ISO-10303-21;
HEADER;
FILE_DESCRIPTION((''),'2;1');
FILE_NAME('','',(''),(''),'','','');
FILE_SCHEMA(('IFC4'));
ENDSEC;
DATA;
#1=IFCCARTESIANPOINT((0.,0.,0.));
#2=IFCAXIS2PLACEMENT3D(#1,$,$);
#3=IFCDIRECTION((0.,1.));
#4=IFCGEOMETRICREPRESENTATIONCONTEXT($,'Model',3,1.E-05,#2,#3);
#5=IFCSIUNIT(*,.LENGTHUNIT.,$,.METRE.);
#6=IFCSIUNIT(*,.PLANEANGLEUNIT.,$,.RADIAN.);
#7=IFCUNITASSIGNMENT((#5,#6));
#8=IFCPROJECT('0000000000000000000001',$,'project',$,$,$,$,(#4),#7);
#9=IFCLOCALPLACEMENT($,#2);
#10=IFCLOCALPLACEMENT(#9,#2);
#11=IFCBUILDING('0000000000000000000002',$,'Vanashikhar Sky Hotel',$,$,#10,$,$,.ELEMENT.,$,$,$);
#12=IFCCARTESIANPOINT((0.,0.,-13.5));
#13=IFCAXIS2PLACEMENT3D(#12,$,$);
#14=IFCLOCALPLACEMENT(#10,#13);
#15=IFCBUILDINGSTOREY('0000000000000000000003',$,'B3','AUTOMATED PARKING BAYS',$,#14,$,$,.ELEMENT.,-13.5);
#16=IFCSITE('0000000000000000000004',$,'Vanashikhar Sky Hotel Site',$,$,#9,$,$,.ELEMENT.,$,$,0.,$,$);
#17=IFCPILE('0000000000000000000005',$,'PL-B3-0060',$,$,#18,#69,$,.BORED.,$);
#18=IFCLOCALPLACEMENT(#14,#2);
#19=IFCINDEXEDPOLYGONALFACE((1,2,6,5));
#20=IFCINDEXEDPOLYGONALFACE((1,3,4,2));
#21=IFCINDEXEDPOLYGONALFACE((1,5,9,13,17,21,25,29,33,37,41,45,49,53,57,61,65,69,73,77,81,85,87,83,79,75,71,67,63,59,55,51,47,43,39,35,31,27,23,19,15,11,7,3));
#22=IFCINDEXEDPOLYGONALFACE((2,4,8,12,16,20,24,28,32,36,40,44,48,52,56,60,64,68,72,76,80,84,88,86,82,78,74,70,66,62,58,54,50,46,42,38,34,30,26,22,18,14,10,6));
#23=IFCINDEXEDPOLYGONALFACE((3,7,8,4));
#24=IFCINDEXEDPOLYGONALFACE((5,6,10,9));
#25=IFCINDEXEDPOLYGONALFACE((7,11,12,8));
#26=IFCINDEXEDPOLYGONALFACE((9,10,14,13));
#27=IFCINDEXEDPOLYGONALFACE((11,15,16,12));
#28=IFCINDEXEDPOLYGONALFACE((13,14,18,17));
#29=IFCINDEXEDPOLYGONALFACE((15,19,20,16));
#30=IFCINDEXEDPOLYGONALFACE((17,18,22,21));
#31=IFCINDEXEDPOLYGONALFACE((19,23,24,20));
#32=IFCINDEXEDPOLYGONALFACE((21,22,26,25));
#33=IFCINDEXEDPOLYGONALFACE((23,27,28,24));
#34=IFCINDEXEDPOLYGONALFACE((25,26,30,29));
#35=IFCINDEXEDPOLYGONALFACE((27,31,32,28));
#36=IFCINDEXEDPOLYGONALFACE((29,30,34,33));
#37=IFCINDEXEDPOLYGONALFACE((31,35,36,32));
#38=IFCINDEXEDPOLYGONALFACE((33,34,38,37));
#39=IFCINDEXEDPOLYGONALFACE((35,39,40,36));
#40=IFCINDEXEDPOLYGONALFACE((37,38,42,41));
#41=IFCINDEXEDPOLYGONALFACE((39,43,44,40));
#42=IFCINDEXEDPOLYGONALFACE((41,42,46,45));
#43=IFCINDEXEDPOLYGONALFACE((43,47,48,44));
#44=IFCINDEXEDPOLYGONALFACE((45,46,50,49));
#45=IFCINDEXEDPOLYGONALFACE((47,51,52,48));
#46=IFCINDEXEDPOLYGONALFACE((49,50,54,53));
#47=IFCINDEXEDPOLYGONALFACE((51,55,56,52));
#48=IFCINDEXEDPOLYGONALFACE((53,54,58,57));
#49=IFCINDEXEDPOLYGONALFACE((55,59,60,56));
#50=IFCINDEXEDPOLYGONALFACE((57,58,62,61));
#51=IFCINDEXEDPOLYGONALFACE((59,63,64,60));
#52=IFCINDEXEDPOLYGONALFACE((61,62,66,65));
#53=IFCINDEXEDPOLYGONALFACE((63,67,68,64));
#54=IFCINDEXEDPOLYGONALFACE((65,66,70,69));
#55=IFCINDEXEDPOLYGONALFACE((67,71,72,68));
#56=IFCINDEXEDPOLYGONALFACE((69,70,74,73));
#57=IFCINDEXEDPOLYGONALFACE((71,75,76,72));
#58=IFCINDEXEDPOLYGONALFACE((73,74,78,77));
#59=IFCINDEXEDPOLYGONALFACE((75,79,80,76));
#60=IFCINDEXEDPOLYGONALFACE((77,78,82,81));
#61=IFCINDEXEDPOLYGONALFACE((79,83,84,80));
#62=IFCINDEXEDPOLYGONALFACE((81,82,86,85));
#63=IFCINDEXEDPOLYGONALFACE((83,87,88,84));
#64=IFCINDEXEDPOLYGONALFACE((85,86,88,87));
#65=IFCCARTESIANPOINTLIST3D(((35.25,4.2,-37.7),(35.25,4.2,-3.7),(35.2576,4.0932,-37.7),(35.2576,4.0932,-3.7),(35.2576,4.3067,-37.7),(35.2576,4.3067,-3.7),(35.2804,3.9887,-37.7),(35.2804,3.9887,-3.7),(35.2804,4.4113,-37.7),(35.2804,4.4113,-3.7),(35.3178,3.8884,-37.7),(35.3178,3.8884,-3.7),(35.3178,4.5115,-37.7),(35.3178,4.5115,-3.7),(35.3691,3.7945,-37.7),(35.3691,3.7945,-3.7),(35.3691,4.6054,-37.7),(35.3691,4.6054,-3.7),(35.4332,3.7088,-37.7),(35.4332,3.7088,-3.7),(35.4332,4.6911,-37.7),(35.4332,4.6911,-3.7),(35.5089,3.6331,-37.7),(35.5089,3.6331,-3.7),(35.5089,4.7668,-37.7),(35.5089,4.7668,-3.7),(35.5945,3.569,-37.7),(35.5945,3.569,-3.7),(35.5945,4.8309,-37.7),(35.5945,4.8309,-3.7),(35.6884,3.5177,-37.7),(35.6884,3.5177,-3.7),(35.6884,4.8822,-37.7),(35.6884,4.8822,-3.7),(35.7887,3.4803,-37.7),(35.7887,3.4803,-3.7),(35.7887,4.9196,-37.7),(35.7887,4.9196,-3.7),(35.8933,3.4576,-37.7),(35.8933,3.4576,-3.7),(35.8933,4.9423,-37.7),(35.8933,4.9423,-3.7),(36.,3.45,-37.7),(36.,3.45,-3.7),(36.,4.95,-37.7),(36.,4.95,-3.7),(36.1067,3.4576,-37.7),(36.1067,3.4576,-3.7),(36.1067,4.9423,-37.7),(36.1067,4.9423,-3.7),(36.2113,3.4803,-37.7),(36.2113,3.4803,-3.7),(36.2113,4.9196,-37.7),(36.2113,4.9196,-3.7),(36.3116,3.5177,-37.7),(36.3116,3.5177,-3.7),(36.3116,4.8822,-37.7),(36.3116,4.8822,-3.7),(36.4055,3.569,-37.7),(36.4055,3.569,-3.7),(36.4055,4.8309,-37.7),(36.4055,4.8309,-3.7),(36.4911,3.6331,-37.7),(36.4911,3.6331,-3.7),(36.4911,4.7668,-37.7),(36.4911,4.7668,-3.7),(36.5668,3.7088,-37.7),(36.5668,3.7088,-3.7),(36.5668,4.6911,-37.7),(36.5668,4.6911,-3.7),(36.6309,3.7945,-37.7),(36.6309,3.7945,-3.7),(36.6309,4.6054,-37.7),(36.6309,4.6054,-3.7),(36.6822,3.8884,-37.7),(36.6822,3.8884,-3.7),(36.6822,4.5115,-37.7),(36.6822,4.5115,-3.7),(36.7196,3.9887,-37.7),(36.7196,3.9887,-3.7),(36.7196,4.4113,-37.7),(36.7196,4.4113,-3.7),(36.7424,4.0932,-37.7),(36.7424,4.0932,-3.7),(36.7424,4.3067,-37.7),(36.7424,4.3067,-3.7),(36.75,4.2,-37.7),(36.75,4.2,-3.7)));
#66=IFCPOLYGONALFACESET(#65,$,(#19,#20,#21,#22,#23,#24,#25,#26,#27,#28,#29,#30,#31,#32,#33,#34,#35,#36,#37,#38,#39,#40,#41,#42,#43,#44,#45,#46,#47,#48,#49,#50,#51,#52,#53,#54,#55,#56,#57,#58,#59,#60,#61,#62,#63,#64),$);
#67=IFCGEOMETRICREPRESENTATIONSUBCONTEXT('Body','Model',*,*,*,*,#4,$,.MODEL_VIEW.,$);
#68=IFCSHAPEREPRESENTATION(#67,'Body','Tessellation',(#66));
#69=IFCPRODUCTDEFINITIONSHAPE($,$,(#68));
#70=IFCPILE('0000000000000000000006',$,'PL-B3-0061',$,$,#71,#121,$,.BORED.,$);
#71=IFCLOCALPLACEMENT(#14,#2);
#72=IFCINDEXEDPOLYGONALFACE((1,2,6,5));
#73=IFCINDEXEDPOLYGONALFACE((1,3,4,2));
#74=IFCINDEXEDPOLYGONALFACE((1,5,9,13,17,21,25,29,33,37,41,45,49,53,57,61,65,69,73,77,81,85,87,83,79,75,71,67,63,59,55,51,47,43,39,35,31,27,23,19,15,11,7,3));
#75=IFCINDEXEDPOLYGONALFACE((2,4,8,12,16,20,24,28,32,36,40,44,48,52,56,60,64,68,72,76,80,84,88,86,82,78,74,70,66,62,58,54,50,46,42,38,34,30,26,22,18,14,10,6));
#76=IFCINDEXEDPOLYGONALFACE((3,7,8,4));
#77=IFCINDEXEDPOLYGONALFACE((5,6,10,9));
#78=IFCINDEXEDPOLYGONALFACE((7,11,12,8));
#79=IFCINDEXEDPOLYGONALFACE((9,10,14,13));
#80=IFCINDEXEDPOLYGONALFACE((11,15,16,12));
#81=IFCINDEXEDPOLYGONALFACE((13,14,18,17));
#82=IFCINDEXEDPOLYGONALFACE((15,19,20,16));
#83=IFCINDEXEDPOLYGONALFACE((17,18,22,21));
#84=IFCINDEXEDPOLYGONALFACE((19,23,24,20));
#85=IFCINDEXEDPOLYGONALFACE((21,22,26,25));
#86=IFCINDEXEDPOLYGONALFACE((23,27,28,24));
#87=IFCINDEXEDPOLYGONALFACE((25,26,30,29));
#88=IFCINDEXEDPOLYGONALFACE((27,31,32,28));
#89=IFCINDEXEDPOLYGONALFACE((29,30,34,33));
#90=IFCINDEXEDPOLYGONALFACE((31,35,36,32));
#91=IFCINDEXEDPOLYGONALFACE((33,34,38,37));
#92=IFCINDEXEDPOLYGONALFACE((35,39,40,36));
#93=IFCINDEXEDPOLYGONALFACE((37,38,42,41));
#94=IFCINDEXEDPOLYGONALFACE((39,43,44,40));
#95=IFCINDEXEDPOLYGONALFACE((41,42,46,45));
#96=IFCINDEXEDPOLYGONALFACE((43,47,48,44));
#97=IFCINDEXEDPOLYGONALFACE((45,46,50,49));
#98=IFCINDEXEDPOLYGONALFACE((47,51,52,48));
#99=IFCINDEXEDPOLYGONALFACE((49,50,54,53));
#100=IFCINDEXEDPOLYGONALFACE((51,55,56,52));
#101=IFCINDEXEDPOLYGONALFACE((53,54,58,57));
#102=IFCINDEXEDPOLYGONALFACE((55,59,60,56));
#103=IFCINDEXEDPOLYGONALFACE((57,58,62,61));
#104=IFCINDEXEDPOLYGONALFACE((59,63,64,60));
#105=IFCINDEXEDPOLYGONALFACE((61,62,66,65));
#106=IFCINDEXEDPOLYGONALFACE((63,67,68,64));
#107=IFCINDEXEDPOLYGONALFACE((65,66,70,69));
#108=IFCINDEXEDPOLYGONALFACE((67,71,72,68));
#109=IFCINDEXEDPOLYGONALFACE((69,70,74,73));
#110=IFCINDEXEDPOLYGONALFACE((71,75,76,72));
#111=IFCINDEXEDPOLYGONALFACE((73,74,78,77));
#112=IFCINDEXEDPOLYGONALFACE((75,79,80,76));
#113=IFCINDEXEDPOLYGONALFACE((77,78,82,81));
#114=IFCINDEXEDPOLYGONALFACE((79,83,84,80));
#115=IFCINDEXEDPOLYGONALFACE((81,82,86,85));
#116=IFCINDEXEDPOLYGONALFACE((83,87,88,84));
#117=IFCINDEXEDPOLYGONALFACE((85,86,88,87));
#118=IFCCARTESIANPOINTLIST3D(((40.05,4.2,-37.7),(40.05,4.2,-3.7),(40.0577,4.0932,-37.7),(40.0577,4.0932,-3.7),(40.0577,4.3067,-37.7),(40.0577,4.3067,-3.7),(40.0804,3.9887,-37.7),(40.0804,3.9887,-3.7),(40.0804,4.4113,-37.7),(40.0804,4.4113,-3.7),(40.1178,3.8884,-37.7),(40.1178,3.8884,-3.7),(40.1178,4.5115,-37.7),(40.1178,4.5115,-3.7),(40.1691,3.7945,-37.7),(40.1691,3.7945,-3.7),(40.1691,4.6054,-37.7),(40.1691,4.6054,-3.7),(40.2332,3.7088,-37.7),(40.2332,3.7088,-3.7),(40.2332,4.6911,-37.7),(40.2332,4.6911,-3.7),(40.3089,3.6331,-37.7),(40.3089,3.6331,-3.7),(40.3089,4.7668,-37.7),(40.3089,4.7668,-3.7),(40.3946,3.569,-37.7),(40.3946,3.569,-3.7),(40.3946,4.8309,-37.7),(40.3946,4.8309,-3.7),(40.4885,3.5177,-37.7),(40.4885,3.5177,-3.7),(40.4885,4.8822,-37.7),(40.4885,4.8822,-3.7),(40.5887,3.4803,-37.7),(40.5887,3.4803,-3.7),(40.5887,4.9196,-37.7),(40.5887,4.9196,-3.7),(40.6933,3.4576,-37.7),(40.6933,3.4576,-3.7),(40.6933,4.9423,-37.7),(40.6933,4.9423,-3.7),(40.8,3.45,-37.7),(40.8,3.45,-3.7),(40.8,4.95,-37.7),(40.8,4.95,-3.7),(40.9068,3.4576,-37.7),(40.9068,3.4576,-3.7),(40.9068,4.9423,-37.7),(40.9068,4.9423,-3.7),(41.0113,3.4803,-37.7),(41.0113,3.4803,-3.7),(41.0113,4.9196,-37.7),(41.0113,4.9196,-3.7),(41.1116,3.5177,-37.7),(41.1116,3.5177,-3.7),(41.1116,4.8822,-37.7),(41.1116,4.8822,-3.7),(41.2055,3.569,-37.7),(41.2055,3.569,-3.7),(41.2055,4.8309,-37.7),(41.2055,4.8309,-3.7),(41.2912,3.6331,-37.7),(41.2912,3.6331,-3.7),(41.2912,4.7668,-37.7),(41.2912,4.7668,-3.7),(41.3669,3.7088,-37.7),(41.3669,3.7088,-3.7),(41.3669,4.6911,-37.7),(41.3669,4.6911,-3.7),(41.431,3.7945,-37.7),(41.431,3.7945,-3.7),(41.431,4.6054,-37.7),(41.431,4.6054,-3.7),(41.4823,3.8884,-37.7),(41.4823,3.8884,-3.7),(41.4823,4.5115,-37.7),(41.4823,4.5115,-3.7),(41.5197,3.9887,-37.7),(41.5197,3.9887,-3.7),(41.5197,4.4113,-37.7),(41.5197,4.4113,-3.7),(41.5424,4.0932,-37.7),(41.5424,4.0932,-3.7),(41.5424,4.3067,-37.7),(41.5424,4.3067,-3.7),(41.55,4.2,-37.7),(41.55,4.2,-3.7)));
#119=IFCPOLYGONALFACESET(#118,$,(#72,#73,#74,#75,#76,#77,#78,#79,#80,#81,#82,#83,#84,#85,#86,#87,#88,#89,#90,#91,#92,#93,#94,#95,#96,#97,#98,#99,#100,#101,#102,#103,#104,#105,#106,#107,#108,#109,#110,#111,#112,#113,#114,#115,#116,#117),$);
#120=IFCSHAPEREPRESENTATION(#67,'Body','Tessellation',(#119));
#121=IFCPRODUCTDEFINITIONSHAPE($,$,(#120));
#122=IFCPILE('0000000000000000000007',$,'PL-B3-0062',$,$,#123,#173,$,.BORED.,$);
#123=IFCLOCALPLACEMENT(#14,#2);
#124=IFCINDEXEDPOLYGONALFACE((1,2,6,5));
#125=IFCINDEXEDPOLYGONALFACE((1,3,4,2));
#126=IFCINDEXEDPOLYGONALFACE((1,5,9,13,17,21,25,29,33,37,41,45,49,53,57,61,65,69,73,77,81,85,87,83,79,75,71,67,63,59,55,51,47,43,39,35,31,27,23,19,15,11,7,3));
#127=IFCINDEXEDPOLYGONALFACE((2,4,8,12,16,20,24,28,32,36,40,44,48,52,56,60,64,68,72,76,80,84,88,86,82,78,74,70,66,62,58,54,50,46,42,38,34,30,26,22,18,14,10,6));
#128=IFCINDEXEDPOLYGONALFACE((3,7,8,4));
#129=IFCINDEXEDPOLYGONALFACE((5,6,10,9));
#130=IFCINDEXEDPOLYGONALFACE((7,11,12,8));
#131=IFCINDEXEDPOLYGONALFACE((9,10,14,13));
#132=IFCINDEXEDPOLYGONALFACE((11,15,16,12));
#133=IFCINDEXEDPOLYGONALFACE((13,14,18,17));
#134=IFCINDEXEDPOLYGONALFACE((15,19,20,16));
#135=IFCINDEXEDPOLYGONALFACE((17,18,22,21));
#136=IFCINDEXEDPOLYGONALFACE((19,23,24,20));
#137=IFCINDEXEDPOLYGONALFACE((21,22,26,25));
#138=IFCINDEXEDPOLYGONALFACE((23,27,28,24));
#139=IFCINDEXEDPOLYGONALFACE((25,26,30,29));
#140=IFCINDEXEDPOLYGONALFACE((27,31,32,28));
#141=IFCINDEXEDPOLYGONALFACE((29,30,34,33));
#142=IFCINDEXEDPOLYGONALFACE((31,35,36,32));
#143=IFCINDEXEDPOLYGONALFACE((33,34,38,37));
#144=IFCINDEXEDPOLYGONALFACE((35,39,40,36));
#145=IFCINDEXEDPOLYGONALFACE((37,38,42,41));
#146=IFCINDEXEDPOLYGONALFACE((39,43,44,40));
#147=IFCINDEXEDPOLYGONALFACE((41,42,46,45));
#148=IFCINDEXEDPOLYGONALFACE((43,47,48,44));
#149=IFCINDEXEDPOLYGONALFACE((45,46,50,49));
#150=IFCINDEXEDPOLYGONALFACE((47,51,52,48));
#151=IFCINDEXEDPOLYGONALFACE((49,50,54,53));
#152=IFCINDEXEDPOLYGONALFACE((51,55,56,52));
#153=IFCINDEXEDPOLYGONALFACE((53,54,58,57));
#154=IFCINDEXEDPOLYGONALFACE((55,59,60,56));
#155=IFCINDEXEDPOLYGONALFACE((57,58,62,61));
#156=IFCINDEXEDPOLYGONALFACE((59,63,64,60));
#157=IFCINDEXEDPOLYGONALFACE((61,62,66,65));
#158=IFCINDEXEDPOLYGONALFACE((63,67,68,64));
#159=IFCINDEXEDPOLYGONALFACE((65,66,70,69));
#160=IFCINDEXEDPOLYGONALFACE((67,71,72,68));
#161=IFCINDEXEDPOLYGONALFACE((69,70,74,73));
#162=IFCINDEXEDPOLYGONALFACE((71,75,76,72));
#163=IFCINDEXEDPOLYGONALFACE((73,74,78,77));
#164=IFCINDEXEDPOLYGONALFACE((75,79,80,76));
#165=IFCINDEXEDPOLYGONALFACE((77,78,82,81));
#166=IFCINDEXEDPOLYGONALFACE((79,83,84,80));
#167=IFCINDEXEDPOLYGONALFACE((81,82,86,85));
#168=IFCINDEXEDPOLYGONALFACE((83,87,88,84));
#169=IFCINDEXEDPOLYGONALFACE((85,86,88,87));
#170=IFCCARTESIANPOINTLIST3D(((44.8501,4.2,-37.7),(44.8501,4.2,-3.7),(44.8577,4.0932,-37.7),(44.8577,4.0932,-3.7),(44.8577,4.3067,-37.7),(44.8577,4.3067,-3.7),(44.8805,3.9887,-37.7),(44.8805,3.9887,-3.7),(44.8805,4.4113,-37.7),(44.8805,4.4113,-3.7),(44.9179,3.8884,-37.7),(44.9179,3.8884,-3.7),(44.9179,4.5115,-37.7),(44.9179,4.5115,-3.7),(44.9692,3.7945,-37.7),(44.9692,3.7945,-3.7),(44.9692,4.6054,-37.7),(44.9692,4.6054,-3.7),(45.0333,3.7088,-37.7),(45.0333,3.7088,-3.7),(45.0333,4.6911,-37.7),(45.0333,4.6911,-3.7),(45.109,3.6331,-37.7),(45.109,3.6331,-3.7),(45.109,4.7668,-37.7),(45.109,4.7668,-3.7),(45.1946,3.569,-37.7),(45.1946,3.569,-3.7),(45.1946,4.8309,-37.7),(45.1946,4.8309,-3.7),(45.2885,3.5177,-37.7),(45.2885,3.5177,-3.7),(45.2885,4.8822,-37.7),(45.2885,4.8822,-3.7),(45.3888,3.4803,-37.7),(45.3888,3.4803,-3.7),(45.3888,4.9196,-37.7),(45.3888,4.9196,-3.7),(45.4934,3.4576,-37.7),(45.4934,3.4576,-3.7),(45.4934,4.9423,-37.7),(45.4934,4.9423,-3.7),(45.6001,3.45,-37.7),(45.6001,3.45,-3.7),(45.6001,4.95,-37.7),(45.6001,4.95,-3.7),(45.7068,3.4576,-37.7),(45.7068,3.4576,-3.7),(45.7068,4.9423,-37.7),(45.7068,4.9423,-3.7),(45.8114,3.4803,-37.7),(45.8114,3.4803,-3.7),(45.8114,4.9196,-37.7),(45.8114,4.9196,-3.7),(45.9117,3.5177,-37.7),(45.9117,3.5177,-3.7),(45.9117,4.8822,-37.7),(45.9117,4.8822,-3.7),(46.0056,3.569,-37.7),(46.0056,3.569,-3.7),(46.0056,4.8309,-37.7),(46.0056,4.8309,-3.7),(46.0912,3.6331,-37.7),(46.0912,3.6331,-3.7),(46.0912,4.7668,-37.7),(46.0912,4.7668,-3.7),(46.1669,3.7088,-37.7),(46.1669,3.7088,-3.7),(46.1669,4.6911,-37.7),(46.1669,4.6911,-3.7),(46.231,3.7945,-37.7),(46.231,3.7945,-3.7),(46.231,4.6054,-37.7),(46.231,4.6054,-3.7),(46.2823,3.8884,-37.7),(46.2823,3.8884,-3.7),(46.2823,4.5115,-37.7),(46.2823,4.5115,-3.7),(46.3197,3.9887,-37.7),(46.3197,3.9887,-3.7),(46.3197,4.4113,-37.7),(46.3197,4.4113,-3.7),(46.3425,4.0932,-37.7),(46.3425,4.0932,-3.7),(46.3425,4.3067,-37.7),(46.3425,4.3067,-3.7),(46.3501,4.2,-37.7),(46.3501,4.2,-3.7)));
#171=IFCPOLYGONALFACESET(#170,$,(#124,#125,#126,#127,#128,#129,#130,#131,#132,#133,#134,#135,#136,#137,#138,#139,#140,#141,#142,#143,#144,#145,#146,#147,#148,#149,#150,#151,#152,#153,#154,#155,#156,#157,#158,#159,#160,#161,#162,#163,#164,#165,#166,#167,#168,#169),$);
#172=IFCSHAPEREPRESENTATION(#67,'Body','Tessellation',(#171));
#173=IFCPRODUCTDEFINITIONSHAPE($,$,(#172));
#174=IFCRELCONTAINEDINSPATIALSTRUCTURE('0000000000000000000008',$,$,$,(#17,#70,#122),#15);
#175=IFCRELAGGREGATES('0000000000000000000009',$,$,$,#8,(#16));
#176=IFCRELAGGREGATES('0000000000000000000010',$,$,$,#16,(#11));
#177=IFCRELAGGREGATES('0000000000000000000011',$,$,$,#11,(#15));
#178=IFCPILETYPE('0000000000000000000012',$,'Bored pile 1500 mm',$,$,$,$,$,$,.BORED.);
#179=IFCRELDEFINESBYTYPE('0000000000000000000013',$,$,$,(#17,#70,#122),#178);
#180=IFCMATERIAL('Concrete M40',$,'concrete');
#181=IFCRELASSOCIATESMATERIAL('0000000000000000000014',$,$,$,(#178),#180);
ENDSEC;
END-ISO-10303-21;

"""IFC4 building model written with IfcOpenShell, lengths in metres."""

from ifc_helpers import new_model, si_unit, direction, frame, origin, origin_2d, place, context, subcontext, project, spatial, circle, extrude, source, transform, mapped, material, type_object, element, save


model = new_model("IFC4")

# Units and contexts
model_context = context("Model", 3, precision=1e-05, world=origin(), true_north=direction((0.0, 1.0)))
body_context = subcontext(model_context, "Body", "Model", "MODEL_VIEW")
ifc_project = project(units=[si_unit("LENGTHUNIT", "METRE"), si_unit("PLANEANGLEUNIT", "RADIAN")], contexts=[model_context])

# Site, building, storey
site_placement = place(None, origin())
site = spatial("IfcSite", under=ifc_project, at=site_placement, Name="Vanashikhar Sky Hotel Site", CompositionType="ELEMENT", RefElevation=0.0)
building_placement = place(site_placement, origin())
building = spatial("IfcBuilding", under=site, at=building_placement, Name="Vanashikhar Sky Hotel", CompositionType="ELEMENT")
storey_placement = place(building_placement, frame((0.0, 0.0, -13.5)))
storey = spatial("IfcBuildingStorey", under=building, at=storey_placement, Name="B3", Description="AUTOMATED PARKING BAYS", CompositionType="ELEMENT", Elevation=-13.5)

# Piles
ifc_material_1 = material(Name="Concrete M40", Category="concrete")
pile_type = type_object("IfcPileType", Name="Bored pile 1500 mm", PredefinedType="BORED", material=ifc_material_1)
shared_shape_1 = source(origin(), body_context, "Body", "SweptSolid", [
    extrude(circle(Radius=0.75, at=origin_2d()), origin(), (0.0, 0.0, 1.0), 34.0),
])
for number, where, z_axis, x_axis, name in (
    (1, (36.0, 4.2, -3.7), (0.0, 0.0, -1.0), (1.0, 0.0, 0.0), "PL-B3-0060"),
    (2, (40.8, 4.2, -3.7), (0.0, 0.0, -1.0), (1.0, 0.0, 0.0), "PL-B3-0061"),
    (3, (45.6001, 4.2, -3.7), (0.0, 0.0, -1.0), (1.0, 0.0, 0.0), "PL-B3-0062"),
):
    element("IfcPile", number, at=place(storey_placement, frame(where, z_axis=z_axis, x_axis=x_axis)), inside=storey, type_object=pile_type, Name=name, PredefinedType="BORED", context=body_context, shape_type="MappedRepresentation", body=[
        mapped(shared_shape_1, transform((0.0, 0.0, 0.0), scale=1.0)),
    ])

save(model, "model.ifc")
